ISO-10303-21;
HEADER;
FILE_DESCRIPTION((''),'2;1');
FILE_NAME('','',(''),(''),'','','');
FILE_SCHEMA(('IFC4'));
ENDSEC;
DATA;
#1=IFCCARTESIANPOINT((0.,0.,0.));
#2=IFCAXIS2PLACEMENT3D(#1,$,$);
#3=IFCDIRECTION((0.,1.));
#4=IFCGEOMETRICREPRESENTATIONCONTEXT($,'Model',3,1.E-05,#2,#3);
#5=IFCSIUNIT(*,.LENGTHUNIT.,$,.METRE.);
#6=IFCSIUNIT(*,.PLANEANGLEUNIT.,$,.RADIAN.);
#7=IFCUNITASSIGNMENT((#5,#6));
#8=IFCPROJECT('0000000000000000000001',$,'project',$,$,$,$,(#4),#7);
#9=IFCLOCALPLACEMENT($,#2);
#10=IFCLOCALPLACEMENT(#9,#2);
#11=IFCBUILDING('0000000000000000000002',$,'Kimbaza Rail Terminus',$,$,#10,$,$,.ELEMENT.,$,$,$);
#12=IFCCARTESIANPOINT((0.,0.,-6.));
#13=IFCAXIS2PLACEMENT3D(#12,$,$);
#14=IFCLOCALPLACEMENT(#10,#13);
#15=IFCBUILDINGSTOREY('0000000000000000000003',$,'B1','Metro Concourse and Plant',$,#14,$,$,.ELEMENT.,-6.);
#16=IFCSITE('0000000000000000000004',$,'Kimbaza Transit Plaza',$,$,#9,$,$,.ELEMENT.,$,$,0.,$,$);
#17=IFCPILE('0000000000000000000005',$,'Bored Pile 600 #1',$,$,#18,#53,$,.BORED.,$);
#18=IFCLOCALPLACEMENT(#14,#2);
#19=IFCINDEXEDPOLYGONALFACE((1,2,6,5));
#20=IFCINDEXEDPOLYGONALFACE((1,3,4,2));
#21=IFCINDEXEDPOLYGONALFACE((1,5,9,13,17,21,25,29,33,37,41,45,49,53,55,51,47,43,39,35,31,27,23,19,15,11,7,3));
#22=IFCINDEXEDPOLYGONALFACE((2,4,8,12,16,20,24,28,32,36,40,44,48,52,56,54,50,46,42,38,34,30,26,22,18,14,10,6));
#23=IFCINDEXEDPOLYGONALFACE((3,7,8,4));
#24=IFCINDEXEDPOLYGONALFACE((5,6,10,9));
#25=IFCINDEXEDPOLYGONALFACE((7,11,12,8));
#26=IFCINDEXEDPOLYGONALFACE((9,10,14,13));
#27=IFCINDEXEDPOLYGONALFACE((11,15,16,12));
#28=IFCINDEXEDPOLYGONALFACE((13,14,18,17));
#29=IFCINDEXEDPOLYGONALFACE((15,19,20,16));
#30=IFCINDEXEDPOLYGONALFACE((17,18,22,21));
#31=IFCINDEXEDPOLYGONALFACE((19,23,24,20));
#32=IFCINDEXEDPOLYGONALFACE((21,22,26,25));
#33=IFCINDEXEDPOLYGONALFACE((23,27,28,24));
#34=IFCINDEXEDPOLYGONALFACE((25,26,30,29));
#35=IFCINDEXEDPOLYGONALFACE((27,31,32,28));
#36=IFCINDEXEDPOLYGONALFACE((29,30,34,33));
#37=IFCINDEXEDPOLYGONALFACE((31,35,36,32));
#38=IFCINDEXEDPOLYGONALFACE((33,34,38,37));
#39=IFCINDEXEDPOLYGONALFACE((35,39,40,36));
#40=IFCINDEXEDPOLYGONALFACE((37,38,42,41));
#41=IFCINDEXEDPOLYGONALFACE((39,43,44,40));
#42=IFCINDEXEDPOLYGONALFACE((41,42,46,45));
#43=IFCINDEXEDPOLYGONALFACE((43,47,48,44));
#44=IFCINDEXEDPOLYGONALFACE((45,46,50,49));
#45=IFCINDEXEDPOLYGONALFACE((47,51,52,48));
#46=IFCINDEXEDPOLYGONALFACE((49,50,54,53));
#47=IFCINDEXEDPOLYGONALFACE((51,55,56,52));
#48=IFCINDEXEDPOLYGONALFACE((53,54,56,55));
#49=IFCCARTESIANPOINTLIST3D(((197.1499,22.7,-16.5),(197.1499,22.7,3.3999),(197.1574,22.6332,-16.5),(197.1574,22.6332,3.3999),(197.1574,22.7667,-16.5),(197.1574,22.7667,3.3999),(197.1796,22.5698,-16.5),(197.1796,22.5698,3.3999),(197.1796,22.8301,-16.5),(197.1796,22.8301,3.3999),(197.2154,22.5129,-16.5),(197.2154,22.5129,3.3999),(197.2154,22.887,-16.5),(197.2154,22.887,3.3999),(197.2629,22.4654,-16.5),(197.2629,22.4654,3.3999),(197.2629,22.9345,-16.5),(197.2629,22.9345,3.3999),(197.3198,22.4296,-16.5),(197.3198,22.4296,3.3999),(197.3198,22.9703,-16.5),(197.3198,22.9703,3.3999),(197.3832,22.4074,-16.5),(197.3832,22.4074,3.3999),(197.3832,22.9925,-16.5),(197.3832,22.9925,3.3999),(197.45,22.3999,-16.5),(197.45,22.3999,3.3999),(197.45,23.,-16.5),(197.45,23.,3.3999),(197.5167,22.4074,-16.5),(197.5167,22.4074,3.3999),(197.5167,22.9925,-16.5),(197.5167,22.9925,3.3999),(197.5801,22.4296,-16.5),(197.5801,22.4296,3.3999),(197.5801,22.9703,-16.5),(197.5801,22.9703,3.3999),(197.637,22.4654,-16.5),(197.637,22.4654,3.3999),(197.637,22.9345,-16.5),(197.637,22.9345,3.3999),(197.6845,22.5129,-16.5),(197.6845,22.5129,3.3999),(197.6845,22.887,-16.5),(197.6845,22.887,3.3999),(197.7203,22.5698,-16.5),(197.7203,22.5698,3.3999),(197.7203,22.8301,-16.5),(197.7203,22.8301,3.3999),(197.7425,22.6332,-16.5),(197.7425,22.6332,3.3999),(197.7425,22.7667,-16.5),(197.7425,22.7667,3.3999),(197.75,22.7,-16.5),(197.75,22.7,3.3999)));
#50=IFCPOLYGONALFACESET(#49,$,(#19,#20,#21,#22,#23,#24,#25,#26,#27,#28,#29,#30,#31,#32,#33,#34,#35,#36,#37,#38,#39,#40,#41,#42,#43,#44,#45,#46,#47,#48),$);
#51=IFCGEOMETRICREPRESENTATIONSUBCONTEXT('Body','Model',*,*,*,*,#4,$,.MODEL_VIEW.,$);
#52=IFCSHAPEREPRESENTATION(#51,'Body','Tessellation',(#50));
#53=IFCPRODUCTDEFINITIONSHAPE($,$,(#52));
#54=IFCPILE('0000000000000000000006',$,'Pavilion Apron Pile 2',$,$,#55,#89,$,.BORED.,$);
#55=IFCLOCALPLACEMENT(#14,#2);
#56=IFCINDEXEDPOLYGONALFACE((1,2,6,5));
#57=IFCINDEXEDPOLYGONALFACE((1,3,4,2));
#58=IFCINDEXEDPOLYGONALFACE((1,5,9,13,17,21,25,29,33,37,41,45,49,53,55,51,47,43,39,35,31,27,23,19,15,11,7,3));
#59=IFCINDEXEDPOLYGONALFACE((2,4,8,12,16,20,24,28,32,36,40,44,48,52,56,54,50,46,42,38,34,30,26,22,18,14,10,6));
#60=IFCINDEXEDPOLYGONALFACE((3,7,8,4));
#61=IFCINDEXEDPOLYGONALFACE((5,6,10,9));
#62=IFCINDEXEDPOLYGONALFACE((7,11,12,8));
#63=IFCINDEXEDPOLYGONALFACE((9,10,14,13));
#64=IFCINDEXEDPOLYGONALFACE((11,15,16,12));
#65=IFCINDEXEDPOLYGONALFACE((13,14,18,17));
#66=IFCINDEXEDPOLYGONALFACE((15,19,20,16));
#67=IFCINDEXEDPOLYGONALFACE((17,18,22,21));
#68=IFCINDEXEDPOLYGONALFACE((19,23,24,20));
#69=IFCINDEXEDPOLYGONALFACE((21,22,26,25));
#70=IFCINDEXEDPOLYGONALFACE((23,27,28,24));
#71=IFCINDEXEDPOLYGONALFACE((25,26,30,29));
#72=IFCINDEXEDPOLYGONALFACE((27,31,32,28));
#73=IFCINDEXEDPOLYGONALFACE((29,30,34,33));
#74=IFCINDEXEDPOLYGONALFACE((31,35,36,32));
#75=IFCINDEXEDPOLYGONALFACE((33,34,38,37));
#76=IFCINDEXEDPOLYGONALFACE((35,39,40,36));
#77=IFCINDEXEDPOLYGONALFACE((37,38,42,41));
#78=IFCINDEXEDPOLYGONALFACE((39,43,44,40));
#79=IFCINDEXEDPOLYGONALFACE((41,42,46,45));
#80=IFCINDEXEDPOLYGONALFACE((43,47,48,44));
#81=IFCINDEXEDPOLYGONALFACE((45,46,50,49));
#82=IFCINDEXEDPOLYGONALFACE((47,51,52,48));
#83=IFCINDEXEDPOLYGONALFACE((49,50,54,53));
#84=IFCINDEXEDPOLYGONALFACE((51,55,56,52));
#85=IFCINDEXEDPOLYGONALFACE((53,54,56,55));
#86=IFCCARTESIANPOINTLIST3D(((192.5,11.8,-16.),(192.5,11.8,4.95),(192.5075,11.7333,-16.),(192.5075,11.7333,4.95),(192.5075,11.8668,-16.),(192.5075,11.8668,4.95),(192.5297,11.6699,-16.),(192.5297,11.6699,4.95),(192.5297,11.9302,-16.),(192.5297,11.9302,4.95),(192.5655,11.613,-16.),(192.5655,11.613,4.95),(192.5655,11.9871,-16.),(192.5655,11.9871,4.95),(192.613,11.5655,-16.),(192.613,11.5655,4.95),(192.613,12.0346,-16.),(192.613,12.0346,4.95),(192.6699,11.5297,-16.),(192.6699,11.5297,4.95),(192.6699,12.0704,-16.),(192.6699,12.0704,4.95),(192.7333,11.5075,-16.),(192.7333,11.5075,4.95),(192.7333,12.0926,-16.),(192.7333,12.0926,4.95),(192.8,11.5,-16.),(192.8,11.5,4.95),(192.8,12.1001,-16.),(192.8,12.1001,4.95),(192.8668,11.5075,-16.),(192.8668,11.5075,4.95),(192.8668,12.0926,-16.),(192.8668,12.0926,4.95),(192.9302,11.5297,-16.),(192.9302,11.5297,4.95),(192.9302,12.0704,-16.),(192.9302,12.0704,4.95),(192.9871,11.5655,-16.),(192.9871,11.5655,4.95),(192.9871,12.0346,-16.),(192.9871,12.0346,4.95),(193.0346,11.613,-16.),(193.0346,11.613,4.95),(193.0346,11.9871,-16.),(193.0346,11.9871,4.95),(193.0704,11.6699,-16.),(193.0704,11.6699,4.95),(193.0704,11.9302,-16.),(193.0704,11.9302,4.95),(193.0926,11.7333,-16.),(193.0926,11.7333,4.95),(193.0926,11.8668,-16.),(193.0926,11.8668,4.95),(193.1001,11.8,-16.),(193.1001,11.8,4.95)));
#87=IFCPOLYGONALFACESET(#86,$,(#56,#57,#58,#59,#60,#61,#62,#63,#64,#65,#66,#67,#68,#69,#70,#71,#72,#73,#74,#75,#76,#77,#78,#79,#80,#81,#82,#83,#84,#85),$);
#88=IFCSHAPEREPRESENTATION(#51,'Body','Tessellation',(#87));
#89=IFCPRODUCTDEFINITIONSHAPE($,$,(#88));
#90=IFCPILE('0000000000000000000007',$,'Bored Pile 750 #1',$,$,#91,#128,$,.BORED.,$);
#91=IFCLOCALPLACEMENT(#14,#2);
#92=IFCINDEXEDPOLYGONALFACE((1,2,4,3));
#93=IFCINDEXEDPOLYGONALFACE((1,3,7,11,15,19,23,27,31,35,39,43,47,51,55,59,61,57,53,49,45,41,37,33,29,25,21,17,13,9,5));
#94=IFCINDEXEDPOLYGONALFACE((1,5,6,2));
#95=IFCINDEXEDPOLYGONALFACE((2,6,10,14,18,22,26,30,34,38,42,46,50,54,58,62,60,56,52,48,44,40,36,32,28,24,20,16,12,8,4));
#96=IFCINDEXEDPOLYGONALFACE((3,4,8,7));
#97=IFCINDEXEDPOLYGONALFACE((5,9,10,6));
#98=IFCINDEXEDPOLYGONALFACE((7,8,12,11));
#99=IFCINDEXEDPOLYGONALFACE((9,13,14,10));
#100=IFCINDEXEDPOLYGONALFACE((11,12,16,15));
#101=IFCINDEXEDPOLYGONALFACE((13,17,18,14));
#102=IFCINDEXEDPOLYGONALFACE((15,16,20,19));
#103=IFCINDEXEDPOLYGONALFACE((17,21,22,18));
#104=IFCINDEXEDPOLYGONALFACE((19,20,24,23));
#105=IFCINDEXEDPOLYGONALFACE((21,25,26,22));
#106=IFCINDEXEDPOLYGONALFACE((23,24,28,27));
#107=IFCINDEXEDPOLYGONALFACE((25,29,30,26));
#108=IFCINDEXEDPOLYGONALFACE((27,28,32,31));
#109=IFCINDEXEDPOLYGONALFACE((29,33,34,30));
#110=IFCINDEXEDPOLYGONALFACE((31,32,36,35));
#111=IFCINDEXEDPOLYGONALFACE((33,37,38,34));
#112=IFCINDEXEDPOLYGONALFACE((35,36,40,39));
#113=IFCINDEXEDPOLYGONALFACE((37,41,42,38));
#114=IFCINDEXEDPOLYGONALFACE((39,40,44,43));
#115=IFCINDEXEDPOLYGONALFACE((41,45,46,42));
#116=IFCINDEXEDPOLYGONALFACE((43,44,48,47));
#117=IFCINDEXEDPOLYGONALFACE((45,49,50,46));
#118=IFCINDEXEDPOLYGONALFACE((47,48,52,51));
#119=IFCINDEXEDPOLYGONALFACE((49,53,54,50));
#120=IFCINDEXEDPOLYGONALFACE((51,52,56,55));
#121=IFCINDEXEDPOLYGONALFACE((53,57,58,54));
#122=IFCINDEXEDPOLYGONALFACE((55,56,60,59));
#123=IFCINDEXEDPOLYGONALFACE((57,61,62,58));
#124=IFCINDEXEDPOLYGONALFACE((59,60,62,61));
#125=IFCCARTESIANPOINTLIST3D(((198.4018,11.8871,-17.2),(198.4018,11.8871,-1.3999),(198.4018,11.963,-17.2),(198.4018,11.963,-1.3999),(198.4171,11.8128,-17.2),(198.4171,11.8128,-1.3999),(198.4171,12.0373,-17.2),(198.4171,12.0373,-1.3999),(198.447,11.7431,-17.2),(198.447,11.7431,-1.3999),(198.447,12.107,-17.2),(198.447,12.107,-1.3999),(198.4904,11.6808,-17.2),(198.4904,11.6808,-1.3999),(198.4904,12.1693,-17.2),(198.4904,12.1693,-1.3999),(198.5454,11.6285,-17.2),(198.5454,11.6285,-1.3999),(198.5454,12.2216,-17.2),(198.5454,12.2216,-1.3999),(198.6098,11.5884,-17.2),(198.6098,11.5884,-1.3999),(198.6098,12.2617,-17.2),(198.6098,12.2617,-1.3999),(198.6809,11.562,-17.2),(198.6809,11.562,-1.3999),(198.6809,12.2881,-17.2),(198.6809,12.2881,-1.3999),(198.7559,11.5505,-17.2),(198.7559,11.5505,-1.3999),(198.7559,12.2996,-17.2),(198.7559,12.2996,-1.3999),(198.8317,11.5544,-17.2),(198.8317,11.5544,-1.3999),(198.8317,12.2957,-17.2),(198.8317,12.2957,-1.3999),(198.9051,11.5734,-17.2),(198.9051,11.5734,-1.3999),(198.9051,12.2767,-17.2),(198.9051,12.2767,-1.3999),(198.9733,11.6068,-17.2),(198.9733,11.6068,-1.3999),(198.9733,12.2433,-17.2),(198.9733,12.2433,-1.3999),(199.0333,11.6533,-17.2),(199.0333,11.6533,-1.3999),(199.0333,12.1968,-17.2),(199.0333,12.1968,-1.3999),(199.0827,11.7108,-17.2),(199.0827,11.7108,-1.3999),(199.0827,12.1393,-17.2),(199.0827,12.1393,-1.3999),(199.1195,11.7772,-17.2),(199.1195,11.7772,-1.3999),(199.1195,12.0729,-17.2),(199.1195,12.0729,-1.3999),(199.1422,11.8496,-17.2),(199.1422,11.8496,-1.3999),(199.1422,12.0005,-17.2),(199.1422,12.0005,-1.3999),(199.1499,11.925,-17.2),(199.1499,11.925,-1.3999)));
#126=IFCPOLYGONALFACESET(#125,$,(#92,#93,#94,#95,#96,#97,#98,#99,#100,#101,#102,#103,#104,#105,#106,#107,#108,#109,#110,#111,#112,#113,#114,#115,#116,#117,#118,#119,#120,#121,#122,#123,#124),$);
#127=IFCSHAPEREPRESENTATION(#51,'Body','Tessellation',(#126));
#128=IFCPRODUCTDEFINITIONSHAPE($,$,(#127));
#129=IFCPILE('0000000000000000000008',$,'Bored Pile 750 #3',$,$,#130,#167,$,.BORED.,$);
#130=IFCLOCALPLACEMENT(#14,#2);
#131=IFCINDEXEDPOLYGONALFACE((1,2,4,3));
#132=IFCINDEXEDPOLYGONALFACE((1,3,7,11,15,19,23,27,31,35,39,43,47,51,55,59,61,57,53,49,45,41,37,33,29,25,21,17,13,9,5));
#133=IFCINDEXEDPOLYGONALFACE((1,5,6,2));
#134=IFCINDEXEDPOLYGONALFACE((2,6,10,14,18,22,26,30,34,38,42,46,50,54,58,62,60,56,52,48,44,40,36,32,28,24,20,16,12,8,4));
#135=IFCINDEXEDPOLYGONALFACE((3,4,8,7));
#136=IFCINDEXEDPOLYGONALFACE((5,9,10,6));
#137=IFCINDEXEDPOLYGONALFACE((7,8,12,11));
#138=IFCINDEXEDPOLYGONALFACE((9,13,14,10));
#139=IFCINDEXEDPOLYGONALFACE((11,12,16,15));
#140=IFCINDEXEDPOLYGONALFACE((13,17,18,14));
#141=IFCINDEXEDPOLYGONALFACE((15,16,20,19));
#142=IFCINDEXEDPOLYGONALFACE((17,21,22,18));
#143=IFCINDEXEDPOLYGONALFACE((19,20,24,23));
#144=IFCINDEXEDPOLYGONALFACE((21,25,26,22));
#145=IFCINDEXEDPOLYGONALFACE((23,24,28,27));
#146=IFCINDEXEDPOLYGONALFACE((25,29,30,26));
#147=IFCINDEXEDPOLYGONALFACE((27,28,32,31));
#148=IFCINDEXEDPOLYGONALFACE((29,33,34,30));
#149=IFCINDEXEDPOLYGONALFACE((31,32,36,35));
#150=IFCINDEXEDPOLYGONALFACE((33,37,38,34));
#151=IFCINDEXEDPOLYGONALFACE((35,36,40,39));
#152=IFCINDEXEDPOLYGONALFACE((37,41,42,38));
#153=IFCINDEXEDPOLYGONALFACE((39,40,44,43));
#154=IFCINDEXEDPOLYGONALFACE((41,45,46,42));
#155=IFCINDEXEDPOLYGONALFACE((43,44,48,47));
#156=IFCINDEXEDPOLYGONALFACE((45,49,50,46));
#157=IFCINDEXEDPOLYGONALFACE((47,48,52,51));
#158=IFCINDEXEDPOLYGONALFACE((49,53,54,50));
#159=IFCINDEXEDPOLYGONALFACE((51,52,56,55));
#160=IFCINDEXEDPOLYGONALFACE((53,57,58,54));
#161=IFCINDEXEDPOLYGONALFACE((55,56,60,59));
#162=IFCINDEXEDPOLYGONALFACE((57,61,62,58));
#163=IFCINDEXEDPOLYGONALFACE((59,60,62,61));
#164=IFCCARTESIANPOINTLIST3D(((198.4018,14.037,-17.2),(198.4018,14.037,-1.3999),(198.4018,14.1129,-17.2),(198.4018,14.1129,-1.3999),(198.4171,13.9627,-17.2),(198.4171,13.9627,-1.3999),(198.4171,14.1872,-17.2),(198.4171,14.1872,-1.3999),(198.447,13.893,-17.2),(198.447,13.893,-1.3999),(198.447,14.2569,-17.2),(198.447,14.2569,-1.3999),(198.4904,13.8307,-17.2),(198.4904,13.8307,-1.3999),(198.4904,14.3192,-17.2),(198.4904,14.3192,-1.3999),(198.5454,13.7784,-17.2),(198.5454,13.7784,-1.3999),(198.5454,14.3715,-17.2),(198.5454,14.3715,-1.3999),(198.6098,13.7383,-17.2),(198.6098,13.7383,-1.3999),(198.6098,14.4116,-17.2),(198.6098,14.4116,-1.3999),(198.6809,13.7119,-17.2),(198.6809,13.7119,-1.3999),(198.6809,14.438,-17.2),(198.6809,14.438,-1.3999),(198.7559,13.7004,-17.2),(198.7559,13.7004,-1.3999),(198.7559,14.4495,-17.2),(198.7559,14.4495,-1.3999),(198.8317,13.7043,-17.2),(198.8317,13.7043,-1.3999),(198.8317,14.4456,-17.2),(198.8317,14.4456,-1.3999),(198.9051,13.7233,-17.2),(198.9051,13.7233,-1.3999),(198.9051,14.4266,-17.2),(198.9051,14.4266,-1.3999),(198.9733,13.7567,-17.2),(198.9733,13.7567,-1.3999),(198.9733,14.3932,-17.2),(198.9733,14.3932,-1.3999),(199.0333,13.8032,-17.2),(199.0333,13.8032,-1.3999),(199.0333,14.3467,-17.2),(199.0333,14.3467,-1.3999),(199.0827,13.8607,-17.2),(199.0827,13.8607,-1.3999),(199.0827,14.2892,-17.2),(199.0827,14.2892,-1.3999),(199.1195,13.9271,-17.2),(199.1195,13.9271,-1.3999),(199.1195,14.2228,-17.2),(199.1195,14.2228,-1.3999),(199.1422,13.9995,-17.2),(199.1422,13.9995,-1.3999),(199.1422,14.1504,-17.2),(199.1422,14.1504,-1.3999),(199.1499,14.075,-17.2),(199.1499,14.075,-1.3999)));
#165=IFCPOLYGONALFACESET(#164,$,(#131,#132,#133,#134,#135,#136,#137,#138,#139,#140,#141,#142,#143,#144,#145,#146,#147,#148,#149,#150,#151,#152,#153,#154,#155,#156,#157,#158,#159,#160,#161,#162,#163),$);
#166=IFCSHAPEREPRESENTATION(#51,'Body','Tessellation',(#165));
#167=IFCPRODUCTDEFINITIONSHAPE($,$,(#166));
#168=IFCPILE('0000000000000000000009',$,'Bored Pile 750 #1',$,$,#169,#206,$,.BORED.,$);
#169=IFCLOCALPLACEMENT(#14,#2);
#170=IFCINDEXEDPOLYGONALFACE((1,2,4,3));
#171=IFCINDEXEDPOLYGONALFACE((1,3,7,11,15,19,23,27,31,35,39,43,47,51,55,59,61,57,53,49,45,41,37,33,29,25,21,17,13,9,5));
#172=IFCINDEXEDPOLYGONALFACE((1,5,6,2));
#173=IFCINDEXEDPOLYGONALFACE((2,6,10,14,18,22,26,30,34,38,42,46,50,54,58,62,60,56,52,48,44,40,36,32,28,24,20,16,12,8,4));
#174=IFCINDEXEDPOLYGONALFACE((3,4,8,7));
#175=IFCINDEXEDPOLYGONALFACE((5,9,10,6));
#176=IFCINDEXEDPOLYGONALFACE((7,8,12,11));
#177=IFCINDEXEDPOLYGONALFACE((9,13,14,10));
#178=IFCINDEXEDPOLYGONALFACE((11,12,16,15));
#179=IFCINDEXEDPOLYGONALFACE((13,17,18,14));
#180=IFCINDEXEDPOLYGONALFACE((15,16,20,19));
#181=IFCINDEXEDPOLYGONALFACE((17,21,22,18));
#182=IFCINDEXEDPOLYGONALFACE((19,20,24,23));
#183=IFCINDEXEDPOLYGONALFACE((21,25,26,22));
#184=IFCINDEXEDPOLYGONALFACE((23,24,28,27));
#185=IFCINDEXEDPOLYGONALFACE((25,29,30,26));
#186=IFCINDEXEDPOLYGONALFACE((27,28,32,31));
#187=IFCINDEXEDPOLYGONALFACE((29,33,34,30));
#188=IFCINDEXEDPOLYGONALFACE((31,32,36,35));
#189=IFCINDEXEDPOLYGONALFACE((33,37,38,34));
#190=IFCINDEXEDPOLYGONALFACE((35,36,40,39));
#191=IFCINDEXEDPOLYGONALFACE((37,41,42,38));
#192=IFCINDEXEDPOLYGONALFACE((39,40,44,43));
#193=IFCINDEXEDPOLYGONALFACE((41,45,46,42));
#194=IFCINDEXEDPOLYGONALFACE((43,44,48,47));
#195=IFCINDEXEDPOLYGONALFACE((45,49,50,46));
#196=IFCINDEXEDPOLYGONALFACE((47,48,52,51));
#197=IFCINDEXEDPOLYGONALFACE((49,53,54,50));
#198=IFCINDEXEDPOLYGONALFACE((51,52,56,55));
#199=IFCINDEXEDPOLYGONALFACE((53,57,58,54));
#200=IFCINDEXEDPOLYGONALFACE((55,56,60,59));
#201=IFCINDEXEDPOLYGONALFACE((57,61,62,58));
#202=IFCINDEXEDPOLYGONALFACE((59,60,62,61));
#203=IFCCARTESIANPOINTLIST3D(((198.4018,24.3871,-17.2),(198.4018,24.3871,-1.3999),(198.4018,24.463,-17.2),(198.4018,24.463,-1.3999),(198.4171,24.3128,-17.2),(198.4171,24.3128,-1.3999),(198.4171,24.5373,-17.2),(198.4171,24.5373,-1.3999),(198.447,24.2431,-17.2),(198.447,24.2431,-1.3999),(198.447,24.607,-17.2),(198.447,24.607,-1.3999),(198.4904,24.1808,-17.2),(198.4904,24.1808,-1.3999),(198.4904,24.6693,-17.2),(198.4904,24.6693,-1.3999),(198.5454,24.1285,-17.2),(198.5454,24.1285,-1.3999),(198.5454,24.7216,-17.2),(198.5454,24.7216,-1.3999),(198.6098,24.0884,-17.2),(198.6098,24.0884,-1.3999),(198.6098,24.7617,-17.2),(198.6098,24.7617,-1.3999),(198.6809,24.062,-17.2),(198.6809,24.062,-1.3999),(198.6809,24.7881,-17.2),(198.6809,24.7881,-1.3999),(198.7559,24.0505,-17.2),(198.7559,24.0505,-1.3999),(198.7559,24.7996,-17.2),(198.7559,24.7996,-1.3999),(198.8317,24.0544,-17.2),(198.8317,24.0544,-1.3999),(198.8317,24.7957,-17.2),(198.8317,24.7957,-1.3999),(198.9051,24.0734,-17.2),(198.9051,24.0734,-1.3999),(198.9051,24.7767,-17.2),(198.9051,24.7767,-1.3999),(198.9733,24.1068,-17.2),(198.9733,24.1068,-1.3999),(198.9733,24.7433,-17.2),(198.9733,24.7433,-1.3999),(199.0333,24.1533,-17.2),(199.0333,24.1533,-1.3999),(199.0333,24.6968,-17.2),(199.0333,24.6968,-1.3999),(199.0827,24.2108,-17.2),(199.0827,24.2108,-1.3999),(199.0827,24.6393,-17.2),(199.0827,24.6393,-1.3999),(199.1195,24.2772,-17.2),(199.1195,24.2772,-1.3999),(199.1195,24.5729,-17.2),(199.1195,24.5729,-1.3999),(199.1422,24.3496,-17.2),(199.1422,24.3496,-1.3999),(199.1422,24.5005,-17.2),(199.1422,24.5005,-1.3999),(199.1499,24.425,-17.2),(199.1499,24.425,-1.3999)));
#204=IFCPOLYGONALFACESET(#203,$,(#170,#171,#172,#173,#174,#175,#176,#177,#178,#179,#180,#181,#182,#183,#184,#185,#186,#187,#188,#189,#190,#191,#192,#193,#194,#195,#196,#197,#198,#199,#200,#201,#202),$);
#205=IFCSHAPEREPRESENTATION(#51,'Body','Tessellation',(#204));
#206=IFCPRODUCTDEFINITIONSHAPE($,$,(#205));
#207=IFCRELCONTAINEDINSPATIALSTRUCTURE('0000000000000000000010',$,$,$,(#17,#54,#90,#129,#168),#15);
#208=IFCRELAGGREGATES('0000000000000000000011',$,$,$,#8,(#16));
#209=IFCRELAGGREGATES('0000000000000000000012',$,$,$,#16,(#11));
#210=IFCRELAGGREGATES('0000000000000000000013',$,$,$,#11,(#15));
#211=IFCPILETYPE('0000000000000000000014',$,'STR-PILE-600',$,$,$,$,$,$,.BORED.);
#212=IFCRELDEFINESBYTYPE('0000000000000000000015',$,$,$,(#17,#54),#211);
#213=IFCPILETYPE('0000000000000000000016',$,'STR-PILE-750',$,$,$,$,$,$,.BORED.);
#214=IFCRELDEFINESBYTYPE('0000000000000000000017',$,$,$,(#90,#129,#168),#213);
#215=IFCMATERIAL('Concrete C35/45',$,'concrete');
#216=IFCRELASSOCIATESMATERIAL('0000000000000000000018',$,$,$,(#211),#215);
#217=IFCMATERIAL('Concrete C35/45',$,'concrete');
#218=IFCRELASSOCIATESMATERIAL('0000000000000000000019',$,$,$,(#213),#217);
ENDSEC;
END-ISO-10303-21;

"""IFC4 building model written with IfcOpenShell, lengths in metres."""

from ifc_helpers import new_model, si_unit, direction, frame, origin, origin_2d, place, context, subcontext, project, spatial, circle, extrude, material, material_profile, profile_set, type_object, element, save


model = new_model("IFC4")

# Units and contexts
model_context = context("Model", 3, precision=1e-05, world=origin(), true_north=direction((0.0, 1.0)))
body_context = subcontext(model_context, "Body", "Model", "MODEL_VIEW")
ifc_project = project(units=[si_unit("LENGTHUNIT", "METRE"), si_unit("PLANEANGLEUNIT", "RADIAN")], contexts=[model_context])

# Site, building, storey
site_placement = place(None, origin())
site = spatial("IfcSite", under=ifc_project, at=site_placement, Name="Kimbaza Transit Plaza", CompositionType="ELEMENT", RefElevation=0.0)
building_placement = place(site_placement, origin())
building = spatial("IfcBuilding", under=site, at=building_placement, Name="Kimbaza Rail Terminus", CompositionType="ELEMENT")
storey_placement = place(building_placement, frame((0.0, 0.0, -6.0)))
storey = spatial("IfcBuildingStorey", under=building, at=storey_placement, Name="B1", Description="Metro Concourse and Plant", CompositionType="ELEMENT", Elevation=-6.0)

# Piles
ifc_material_1 = material(Name="Concrete C35/45", Category="concrete")
ifc_material_profile_1 = material_profile(ifc_material_1, circle(Radius=0.3, at=origin_2d()), Name="BORED PILE 600")
ifc_profile_set_1 = profile_set([ifc_material_profile_1], Name="Concrete C35/45")
pile_type_1 = type_object("IfcPileType", Name="STR-PILE-600", PredefinedType="BORED", material=ifc_profile_set_1)
for number, where, z_axis, x_axis, name in (
    (1, (197.45, 22.7, 3.3999), (0.0, 0.0, -1.0), (1.0, 0.0, 0.0), "Bored Pile 600 #1"),
):
    element("IfcPile", number, at=place(storey_placement, frame(where, z_axis=z_axis, x_axis=x_axis)), inside=storey, type_object=pile_type_1, Name=name, PredefinedType="BORED", context=body_context, shape_type="SweptSolid", body=[
        extrude(circle(Radius=0.3, at=origin_2d()), origin(), (0.0, 0.0, 1.0), 19.8999),
    ])
pile_placement = place(storey_placement, frame((192.8, 11.8, 4.95), z_axis=(0.0, 0.0, -1.0), x_axis=(1.0, 0.0, 0.0)))
element("IfcPile", 2, at=pile_placement, inside=storey, type_object=pile_type_1, Name="Pavilion Apron Pile 2", PredefinedType="BORED", context=body_context, shape_type="SweptSolid", body=[
    extrude(circle(Radius=0.3, at=origin_2d()), origin(), (0.0, 0.0, 1.0), 20.95),
])
ifc_material_2 = material(Name="Concrete C35/45", Category="concrete")
ifc_material_profile_2 = material_profile(ifc_material_2, circle(Radius=0.375, at=origin_2d()), Name="BORED PILE 750")
ifc_profile_set_2 = profile_set([ifc_material_profile_2], Name="Concrete C35/45")
pile_type_2 = type_object("IfcPileType", Name="STR-PILE-750", PredefinedType="BORED", material=ifc_profile_set_2)
for number, where, z_axis, x_axis, name in (
    (3, (198.7749, 11.925, -1.3999), (0.0, 0.0, -1.0), (1.0, 0.0, 0.0), "Bored Pile 750 #1"),
    (4, (198.7749, 14.075, -1.3999), (0.0, 0.0, -1.0), (1.0, 0.0, 0.0), "Bored Pile 750 #3"),
    (5, (198.7749, 24.425, -1.3999), (0.0, 0.0, -1.0), (1.0, 0.0, 0.0), "Bored Pile 750 #1"),
):
    element("IfcPile", number, at=place(storey_placement, frame(where, z_axis=z_axis, x_axis=x_axis)), inside=storey, type_object=pile_type_2, Name=name, PredefinedType="BORED", context=body_context, shape_type="SweptSolid", body=[
        extrude(circle(Radius=0.375, at=origin_2d()), origin(), (0.0, 0.0, 1.0), 15.8),
    ])

save(model, "model.ifc")
